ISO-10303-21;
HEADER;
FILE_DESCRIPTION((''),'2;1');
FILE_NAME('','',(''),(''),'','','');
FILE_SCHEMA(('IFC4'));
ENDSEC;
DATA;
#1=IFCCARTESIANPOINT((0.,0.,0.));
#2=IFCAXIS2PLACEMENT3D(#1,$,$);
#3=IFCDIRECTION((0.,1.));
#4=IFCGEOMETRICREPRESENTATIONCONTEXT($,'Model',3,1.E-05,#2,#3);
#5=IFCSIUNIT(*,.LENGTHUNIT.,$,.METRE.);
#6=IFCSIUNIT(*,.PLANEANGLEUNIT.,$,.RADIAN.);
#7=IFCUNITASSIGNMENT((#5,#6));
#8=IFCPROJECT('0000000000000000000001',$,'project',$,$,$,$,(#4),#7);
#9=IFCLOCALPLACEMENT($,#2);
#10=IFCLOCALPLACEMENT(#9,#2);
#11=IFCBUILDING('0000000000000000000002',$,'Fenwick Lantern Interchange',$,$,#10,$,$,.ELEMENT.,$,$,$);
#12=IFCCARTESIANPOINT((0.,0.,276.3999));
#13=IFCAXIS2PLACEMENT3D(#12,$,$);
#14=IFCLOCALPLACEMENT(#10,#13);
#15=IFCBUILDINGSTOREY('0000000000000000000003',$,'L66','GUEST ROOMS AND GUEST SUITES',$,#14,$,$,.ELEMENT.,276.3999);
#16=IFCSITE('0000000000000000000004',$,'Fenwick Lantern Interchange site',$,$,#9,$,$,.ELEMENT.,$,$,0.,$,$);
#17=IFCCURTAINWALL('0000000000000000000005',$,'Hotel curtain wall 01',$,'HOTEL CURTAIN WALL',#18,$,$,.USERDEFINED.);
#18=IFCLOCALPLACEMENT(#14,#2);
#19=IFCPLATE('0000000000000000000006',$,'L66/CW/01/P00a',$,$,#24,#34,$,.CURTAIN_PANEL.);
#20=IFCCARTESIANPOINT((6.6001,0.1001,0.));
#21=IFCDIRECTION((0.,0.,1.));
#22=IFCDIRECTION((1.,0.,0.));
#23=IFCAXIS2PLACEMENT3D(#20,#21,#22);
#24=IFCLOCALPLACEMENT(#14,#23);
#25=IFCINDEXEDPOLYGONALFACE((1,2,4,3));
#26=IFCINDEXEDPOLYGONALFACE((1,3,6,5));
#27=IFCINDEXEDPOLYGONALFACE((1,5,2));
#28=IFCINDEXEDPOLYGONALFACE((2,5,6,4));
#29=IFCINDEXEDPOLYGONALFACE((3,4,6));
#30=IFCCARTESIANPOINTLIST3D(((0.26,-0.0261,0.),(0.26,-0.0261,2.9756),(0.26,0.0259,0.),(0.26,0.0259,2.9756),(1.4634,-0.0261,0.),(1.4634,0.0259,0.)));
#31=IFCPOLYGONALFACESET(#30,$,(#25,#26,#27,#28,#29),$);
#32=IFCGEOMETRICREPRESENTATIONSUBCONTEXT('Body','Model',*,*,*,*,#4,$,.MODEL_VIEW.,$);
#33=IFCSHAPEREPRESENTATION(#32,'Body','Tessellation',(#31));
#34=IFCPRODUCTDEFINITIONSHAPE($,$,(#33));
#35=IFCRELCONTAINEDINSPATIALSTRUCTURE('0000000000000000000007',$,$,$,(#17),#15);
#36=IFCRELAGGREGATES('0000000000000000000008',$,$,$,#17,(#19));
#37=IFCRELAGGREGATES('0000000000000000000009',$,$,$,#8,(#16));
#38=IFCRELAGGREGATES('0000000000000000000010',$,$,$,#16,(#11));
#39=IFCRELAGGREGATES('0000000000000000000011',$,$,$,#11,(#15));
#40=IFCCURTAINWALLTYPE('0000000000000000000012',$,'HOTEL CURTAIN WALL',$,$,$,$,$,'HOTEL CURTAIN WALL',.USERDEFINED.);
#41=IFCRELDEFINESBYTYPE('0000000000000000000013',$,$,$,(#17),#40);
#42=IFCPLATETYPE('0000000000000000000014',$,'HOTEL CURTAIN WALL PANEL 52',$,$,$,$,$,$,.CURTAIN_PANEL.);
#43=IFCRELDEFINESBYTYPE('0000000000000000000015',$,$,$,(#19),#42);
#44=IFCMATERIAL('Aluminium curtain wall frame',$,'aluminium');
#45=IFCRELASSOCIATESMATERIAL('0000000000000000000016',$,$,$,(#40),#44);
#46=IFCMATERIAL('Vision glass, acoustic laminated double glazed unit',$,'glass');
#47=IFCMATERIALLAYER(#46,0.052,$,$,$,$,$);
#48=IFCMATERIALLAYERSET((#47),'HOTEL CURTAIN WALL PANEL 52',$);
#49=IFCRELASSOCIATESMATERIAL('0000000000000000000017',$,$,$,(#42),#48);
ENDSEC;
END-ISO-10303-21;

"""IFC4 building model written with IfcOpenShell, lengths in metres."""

from ifc_helpers import new_model, si_unit, direction, frame, origin, place, context, subcontext, project, spatial, polyline, outline, extrude, material, layer, layer_set, type_object, element, aggregate, save


model = new_model("IFC4")

# Units and contexts
model_context = context("Model", 3, precision=1e-05, world=origin(), true_north=direction((0.0, 1.0)))
body_context = subcontext(model_context, "Body", "Model", "MODEL_VIEW")
ifc_project = project(units=[si_unit("LENGTHUNIT", "METRE"), si_unit("PLANEANGLEUNIT", "RADIAN")], contexts=[model_context])

# Site, building, storey
site_placement = place(None, origin())
site = spatial("IfcSite", under=ifc_project, at=site_placement, Name="Fenwick Lantern Interchange site", CompositionType="ELEMENT", RefElevation=0.0)
building_placement = place(site_placement, origin())
building = spatial("IfcBuilding", under=site, at=building_placement, Name="Fenwick Lantern Interchange", CompositionType="ELEMENT")
storey_placement = place(building_placement, frame((0.0, 0.0, 276.3999)))
storey = spatial("IfcBuildingStorey", under=building, at=storey_placement, Name="L66", Description="GUEST ROOMS AND GUEST SUITES", CompositionType="ELEMENT", Elevation=276.3999)

# Curtain wall, plate
ifc_material_1 = material(Name="Aluminium curtain wall frame", Category="aluminium")
curtain_wall_type = type_object("IfcCurtainWallType", Name="HOTEL CURTAIN WALL", ElementType="HOTEL CURTAIN WALL", PredefinedType="USERDEFINED", material=ifc_material_1)
curtain_wall_placement = place(storey_placement, origin())
curtain_wall = element("IfcCurtainWall", 1, at=curtain_wall_placement, inside=storey, type_object=curtain_wall_type, Name="Hotel curtain wall 01", ObjectType="HOTEL CURTAIN WALL", PredefinedType="USERDEFINED")
ifc_material_2 = material(Name="Vision glass, acoustic laminated double glazed unit", Category="glass")
ifc_layer_1 = layer(ifc_material_2, 0.052)
ifc_layer_set_1 = layer_set([ifc_layer_1], Name="HOTEL CURTAIN WALL PANEL 52")
plate_type = type_object("IfcPlateType", Name="HOTEL CURTAIN WALL PANEL 52", PredefinedType="CURTAIN_PANEL", material=ifc_layer_set_1)
plate_placement = place(storey_placement, frame((6.6001, 0.1001, 0.0), z_axis=(0.0, 0.0, 1.0), x_axis=(1.0, 0.0, 0.0)))
plate = element("IfcPlate", 2, at=plate_placement, type_object=plate_type, Name="L66/CW/01/P00a", PredefinedType="CURTAIN_PANEL", context=body_context, shape_type="SweptSolid", body=[
    extrude(outline(polyline([(0.26, 0.0), (1.4634, 0.0), (0.26, 2.9756), (0.26, 0.0)])), frame((0.0, 0.0259, 0.0), z_axis=(0.0, -1.0, 0.0), x_axis=(1.0, 0.0, 0.0)), (0.0, 0.0, 1.0), 0.052),
])
aggregate(curtain_wall, [plate])

save(model, "model.ifc")
